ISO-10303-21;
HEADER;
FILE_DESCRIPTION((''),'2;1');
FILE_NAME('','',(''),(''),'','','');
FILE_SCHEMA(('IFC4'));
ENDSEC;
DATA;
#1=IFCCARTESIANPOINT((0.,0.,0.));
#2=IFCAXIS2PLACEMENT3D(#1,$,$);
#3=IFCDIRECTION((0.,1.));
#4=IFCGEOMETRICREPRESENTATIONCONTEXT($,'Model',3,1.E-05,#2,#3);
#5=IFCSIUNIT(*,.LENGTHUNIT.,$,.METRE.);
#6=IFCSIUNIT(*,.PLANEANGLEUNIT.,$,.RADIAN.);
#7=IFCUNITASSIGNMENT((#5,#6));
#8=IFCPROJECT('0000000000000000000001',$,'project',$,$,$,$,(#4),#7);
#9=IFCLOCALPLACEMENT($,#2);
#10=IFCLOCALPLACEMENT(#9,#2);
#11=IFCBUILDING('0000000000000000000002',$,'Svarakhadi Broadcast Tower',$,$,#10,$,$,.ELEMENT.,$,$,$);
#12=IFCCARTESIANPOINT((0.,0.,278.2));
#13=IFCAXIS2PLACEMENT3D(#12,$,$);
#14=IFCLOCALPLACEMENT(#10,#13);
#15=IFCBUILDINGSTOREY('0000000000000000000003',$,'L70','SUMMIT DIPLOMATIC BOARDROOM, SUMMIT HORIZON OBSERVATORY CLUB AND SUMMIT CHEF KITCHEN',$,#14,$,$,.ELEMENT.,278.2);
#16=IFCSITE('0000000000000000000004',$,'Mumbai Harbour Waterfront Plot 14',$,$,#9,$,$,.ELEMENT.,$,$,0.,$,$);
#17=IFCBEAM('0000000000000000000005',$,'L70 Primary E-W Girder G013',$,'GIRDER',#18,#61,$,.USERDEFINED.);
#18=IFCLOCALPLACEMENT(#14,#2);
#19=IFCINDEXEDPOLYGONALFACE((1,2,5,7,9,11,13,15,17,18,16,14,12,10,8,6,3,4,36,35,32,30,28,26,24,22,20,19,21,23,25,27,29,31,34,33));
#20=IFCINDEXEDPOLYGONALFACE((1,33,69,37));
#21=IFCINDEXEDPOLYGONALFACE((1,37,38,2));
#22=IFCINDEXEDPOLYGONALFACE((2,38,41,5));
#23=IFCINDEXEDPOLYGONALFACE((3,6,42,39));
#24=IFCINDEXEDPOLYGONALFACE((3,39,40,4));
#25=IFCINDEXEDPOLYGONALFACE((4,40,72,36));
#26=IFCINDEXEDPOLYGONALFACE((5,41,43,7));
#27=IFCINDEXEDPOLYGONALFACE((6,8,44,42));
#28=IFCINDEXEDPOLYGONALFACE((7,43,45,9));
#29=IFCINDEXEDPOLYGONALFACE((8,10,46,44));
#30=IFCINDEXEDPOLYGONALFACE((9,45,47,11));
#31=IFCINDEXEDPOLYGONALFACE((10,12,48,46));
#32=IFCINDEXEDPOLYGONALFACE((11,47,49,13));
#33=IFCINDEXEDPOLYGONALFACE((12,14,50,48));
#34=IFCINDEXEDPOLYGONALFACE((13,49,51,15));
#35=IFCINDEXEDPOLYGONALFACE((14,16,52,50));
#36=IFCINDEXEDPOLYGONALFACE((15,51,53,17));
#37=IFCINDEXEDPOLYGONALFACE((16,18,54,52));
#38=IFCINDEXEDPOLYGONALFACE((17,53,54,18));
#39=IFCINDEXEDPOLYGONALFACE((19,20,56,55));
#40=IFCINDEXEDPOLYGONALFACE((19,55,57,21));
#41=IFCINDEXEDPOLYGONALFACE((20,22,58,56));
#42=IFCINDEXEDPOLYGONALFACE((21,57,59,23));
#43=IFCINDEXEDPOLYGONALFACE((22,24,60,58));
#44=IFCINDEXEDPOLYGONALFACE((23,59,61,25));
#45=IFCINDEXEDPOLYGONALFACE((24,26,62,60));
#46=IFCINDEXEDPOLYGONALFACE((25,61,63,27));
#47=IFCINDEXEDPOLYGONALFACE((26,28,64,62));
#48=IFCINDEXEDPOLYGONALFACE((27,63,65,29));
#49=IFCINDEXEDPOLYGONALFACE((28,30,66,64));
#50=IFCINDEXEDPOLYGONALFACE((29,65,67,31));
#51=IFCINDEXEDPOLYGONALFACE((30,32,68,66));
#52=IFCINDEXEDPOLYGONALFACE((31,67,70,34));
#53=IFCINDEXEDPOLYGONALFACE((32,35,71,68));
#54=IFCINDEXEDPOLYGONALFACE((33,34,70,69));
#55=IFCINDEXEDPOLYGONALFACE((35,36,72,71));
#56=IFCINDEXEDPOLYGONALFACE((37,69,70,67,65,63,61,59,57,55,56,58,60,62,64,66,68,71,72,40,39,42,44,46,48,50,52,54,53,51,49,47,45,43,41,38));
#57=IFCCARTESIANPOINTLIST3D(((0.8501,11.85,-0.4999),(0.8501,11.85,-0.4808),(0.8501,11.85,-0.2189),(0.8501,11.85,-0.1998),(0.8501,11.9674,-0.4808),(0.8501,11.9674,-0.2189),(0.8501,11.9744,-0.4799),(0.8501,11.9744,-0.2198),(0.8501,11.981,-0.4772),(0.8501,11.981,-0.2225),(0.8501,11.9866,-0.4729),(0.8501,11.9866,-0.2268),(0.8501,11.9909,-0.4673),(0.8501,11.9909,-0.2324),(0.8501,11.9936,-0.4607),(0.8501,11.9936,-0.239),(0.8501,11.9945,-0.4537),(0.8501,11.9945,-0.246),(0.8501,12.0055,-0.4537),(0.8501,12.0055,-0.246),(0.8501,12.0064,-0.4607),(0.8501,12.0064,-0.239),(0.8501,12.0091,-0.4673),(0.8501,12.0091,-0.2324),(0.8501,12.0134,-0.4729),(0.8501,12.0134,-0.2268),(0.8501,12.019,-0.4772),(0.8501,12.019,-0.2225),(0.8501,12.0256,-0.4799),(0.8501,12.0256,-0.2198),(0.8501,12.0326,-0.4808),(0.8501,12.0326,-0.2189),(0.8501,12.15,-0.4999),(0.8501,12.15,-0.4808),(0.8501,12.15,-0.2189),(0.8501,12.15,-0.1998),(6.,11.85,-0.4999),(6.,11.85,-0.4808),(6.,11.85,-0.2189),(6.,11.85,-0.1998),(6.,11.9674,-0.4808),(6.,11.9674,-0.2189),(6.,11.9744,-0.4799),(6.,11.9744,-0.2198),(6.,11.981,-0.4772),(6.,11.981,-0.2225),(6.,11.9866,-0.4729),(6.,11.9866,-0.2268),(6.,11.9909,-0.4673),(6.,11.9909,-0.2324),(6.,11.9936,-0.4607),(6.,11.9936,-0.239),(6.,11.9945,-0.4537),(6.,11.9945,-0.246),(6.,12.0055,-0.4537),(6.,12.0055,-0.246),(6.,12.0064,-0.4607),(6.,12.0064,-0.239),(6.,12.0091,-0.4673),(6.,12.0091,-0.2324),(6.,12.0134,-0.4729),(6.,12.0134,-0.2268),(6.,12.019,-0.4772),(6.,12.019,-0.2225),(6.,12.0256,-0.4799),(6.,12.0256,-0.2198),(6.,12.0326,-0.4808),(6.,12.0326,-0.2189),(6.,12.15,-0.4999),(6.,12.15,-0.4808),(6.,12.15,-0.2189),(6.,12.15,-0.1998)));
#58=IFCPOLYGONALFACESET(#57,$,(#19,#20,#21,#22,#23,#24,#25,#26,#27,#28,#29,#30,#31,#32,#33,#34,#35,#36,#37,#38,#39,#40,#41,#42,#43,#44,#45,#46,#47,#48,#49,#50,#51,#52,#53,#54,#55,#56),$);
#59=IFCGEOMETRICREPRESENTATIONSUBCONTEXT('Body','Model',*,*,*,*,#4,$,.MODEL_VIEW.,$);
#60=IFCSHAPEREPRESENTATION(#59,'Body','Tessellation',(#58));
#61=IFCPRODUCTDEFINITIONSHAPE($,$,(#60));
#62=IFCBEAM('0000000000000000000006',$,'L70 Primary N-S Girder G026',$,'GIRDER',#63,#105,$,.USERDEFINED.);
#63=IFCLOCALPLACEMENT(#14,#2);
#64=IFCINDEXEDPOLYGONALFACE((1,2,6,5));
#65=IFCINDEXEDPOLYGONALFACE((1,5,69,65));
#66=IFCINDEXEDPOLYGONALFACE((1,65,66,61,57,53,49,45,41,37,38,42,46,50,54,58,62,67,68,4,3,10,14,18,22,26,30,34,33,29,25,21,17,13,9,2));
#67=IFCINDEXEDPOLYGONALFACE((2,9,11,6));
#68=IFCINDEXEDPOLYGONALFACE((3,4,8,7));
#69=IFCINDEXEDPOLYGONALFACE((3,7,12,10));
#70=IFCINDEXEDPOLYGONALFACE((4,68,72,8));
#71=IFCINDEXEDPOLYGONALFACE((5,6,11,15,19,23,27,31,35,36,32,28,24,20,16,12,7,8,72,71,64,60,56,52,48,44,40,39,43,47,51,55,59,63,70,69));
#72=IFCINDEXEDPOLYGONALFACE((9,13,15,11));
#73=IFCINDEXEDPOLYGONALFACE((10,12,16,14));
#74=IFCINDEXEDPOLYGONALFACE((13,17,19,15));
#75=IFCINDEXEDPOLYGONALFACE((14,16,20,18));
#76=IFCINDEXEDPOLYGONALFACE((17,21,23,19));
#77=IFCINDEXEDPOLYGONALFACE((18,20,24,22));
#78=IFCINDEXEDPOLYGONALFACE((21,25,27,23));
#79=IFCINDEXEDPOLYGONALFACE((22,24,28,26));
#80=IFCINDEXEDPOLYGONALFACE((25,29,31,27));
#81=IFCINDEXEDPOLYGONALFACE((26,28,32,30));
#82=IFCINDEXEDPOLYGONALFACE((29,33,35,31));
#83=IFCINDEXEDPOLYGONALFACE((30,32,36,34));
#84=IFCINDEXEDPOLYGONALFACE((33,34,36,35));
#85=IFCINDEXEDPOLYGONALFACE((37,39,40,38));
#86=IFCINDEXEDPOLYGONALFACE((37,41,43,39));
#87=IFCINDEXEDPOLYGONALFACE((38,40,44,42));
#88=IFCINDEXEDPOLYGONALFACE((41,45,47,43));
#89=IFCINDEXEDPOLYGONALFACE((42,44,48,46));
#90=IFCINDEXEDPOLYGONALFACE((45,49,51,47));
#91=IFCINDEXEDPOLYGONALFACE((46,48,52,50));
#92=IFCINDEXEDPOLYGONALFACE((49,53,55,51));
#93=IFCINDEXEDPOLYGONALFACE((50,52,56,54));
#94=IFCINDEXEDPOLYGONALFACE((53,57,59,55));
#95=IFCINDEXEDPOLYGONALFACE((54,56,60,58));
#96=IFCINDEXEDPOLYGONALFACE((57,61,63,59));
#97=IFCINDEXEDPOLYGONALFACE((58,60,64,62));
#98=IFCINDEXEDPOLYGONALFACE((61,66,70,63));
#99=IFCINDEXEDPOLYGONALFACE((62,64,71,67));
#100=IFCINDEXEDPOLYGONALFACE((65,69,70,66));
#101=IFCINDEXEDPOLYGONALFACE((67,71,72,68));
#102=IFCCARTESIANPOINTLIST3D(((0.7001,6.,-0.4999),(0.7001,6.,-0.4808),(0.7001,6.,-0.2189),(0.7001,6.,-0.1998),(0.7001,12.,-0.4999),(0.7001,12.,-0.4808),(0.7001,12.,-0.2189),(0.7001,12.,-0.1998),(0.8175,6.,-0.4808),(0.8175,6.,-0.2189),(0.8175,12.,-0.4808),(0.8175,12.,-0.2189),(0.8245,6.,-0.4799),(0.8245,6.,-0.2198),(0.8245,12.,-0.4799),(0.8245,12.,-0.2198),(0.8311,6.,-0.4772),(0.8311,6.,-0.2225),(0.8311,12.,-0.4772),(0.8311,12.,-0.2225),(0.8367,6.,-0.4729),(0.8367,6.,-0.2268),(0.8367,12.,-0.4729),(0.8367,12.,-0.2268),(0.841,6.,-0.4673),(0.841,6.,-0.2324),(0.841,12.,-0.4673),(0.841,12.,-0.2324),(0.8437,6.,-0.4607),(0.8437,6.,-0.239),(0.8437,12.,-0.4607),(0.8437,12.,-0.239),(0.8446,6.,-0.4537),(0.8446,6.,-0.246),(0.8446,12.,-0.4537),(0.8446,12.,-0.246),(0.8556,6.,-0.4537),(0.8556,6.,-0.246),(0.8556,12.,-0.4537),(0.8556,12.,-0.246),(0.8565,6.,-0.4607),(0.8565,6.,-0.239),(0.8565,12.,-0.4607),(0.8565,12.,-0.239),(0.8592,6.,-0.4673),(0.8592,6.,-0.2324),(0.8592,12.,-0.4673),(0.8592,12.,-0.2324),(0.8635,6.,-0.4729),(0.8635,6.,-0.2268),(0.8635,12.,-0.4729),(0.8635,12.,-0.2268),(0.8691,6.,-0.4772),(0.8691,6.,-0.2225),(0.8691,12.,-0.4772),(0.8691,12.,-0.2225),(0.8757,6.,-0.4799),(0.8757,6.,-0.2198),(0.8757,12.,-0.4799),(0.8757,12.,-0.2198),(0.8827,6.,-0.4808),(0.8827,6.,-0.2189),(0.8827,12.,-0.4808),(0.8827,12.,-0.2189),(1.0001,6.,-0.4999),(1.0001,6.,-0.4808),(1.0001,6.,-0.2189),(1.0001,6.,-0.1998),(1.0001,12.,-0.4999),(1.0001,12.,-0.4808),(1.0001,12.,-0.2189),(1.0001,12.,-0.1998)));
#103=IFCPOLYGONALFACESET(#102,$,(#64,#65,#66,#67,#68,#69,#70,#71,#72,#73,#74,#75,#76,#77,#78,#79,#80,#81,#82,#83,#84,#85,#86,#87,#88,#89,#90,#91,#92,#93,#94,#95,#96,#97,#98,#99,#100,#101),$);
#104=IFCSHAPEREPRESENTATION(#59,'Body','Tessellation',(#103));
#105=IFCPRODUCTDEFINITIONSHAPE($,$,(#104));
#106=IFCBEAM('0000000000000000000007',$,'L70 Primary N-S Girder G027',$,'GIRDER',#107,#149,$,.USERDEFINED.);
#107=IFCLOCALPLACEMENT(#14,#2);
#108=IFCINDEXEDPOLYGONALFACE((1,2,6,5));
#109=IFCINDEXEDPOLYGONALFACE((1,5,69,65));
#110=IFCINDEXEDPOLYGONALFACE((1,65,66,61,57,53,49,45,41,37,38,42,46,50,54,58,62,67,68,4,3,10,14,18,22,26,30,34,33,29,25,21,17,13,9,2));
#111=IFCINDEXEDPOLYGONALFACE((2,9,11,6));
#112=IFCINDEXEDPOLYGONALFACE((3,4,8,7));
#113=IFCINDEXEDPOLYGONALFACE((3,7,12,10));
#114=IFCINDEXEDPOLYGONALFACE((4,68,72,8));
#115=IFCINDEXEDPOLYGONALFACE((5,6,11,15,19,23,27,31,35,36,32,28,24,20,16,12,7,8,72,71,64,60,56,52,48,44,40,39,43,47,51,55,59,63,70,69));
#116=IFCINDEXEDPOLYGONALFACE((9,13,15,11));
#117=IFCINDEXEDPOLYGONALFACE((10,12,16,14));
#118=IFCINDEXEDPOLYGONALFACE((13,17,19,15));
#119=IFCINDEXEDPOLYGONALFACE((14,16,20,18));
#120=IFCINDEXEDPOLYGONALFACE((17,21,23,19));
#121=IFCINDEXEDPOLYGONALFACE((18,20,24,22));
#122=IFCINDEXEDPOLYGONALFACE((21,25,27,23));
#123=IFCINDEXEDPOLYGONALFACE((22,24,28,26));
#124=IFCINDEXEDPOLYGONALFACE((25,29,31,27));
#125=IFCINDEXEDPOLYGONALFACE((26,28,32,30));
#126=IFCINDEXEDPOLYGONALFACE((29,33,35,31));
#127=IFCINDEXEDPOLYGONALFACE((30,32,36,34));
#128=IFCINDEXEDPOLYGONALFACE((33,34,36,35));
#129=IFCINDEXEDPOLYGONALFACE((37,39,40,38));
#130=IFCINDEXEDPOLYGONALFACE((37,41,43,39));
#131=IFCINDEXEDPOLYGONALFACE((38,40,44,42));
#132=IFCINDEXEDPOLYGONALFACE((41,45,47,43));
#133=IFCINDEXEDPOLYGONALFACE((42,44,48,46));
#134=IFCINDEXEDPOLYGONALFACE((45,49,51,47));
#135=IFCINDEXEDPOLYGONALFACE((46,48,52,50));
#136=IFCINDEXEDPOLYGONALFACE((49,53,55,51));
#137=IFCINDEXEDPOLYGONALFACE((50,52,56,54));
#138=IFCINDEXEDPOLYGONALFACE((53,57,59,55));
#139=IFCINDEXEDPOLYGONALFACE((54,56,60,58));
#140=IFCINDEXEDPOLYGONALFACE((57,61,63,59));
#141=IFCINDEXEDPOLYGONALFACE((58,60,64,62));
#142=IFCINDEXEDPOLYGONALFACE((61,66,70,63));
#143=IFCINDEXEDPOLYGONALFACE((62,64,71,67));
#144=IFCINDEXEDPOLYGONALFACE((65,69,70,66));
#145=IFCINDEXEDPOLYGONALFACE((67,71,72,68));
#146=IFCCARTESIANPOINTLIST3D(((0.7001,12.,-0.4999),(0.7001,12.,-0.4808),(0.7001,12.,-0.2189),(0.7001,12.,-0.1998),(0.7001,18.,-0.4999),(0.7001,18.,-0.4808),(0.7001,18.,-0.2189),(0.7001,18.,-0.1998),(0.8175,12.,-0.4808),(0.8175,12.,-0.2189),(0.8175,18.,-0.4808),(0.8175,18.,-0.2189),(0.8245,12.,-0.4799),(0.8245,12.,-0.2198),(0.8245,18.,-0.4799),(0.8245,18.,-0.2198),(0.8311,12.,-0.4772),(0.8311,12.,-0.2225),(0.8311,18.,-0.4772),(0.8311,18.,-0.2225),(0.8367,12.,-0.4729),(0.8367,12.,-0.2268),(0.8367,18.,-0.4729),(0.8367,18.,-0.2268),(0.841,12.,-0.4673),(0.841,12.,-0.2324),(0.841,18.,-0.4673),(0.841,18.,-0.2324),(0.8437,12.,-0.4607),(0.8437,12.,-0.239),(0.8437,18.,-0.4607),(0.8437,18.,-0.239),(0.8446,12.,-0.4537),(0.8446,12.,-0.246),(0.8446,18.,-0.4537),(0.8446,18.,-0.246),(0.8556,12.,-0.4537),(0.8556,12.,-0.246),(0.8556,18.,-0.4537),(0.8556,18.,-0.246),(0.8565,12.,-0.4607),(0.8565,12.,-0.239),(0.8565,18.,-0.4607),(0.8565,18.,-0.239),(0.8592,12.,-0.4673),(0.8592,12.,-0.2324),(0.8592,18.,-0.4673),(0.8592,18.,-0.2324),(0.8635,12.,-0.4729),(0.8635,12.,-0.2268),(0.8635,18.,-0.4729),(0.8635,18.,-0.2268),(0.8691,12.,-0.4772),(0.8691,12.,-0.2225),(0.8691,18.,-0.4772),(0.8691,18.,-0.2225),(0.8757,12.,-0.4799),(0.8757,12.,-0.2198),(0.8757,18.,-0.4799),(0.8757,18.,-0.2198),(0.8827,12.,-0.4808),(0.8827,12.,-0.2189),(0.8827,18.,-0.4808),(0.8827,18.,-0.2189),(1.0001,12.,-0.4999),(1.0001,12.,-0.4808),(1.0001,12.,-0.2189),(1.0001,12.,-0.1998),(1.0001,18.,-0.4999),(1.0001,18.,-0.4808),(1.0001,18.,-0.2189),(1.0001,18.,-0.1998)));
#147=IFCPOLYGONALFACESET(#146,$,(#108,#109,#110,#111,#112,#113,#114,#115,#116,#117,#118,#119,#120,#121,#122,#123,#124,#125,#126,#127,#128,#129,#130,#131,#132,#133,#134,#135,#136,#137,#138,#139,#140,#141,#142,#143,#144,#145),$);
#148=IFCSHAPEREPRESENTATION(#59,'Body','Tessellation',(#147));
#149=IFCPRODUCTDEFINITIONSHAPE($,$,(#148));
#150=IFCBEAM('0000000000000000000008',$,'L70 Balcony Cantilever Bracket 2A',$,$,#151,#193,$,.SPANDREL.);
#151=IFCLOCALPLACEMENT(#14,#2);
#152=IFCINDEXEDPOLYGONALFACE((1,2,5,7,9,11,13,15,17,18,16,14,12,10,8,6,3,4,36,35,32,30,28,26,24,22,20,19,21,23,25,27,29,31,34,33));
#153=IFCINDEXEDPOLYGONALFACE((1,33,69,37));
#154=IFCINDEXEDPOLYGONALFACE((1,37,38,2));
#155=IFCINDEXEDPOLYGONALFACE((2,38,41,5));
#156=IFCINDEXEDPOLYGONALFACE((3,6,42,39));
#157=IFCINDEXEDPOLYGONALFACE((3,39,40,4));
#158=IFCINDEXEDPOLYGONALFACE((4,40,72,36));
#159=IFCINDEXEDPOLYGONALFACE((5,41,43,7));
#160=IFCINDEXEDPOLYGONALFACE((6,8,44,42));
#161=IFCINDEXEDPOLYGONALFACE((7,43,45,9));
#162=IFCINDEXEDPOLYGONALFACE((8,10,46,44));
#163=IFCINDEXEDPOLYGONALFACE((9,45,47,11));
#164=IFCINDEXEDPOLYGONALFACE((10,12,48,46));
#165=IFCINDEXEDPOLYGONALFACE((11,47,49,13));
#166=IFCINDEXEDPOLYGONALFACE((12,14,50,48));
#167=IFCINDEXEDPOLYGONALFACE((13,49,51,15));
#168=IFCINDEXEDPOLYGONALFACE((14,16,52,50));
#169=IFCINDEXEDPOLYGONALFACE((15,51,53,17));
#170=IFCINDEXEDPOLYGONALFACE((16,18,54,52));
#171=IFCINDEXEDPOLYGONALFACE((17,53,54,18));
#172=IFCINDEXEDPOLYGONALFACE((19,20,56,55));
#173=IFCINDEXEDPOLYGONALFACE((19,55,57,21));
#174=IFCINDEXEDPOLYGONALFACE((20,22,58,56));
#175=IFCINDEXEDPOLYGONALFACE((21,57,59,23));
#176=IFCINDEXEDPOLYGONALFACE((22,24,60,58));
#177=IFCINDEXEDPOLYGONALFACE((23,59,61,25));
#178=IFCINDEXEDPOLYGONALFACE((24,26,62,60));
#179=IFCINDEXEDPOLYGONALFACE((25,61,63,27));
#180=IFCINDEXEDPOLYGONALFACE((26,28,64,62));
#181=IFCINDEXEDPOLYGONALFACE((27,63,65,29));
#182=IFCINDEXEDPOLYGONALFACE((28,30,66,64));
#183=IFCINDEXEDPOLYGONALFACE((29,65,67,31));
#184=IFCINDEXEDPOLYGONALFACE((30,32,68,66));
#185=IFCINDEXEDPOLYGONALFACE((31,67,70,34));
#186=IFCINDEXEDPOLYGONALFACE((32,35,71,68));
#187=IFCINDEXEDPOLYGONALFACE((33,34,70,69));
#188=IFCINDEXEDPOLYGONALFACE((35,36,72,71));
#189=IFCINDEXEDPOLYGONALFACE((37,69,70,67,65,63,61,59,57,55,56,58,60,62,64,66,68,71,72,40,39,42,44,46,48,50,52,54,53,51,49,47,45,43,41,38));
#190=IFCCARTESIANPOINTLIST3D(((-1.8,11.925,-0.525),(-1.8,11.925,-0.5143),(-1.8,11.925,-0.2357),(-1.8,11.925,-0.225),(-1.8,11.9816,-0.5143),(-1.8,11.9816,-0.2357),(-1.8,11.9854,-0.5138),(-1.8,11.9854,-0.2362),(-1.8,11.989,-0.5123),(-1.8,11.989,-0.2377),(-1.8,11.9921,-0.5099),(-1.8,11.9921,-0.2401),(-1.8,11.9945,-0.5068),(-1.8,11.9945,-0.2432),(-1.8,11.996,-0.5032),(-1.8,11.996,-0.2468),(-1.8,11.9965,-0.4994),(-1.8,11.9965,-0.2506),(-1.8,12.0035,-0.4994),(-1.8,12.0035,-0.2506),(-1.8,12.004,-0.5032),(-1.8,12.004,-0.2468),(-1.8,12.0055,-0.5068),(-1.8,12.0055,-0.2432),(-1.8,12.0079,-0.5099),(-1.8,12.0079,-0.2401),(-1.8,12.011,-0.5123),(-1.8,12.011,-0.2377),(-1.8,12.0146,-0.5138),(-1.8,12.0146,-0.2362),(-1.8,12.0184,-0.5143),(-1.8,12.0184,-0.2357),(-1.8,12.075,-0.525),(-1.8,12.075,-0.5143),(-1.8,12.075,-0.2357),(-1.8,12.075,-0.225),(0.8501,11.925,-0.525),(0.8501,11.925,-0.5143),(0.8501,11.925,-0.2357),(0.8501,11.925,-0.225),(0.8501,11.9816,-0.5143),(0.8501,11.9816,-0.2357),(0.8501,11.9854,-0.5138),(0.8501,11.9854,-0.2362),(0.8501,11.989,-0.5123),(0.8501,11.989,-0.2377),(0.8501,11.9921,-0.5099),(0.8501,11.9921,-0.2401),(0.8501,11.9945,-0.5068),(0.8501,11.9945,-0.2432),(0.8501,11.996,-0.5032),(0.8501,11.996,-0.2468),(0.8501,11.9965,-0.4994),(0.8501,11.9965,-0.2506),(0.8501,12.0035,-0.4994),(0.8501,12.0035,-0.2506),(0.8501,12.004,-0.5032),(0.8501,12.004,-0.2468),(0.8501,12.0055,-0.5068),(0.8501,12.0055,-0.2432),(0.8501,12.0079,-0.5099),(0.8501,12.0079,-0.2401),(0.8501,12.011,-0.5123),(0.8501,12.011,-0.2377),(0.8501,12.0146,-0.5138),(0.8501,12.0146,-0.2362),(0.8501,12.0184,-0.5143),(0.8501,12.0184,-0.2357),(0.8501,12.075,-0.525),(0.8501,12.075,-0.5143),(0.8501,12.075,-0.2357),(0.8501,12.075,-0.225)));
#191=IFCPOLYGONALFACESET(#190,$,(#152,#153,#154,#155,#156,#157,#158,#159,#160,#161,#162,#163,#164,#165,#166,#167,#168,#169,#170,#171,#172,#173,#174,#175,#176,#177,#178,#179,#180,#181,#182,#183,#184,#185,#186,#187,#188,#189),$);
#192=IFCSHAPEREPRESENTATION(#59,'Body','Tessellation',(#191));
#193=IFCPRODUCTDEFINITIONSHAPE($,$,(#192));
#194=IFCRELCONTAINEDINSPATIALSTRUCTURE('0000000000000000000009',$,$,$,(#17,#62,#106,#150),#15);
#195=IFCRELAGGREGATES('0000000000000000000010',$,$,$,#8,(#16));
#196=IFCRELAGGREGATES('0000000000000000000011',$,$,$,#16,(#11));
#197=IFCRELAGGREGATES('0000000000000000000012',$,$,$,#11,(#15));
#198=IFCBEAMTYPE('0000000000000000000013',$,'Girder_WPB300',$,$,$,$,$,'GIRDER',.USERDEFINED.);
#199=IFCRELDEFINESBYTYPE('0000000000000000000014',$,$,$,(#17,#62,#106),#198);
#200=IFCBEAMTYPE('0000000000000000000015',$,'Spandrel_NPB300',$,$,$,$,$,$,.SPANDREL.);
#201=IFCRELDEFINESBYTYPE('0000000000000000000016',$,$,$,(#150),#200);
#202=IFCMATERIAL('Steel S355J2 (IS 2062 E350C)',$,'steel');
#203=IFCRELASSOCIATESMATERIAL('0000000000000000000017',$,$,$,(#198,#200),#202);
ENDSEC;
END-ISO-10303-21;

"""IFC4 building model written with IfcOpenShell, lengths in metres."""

from ifc_helpers import new_model, si_unit, direction, frame, origin, origin_2d, place, context, subcontext, project, spatial, i_section, extrude, material, material_profile, profile_set, type_object, element, save


model = new_model("IFC4")

# Units and contexts
model_context = context("Model", 3, precision=1e-05, world=origin(), true_north=direction((0.0, 1.0)))
body_context = subcontext(model_context, "Body", "Model", "MODEL_VIEW")
ifc_project = project(units=[si_unit("LENGTHUNIT", "METRE"), si_unit("PLANEANGLEUNIT", "RADIAN")], contexts=[model_context])

# Site, building, storey
site_placement = place(None, origin())
site = spatial("IfcSite", under=ifc_project, at=site_placement, Name="Mumbai Harbour Waterfront Plot 14", CompositionType="ELEMENT", RefElevation=0.0)
building_placement = place(site_placement, origin())
building = spatial("IfcBuilding", under=site, at=building_placement, Name="Svarakhadi Broadcast Tower", CompositionType="ELEMENT")
storey_placement = place(building_placement, frame((0.0, 0.0, 278.2)))
storey = spatial("IfcBuildingStorey", under=building, at=storey_placement, Name="L70", Description="SUMMIT DIPLOMATIC BOARDROOM, SUMMIT HORIZON OBSERVATORY CLUB AND SUMMIT CHEF KITCHEN", CompositionType="ELEMENT", Elevation=278.2)

# Shared definitions
ifc_material_1 = material(Name="Steel S355J2 (IS 2062 E350C)", Category="steel")

# Beams
ifc_material_profile_1 = material_profile(ifc_material_1, i_section(OverallWidth=0.3, OverallDepth=0.3, WebThickness=0.011, FlangeThickness=0.019, FilletRadius=0.0271, at=origin_2d()), Name="WPB 300x300x117")
ifc_profile_set_1 = profile_set([ifc_material_profile_1], Name="Steel S355J2 (IS 2062 E350C)")
beam_type_1 = type_object("IfcBeamType", Name="Girder_WPB300", ElementType="GIRDER", PredefinedType="USERDEFINED", material=ifc_profile_set_1)
for number, where, z_axis, x_axis, name in (
    (1, (0.8501, 12.0, -0.3499), (1.0, 0.0, 0.0), (0.0, 1.0, 0.0), "L70 Primary E-W Girder G013"),
):
    element("IfcBeam", number, at=place(storey_placement, frame(where, z_axis=z_axis, x_axis=x_axis)), inside=storey, type_object=beam_type_1, Name=name, ObjectType="GIRDER", PredefinedType="USERDEFINED", context=body_context, shape_type="SweptSolid", body=[
        extrude(i_section(OverallWidth=0.3, OverallDepth=0.3, WebThickness=0.011, FlangeThickness=0.019, FilletRadius=0.0271, at=origin_2d()), origin(), (0.0, 0.0, 1.0), 5.1499),
    ])
for number, where, z_axis, x_axis, name in (
    (2, (0.8501, 6.0, -0.3499), (0.0, 1.0, 0.0), (-1.0, 0.0, 0.0), "L70 Primary N-S Girder G026"),
    (3, (0.8501, 12.0, -0.3499), (0.0, 1.0, 0.0), (-1.0, 0.0, 0.0), "L70 Primary N-S Girder G027"),
):
    element("IfcBeam", number, at=place(storey_placement, frame(where, z_axis=z_axis, x_axis=x_axis)), inside=storey, type_object=beam_type_1, Name=name, ObjectType="GIRDER", PredefinedType="USERDEFINED", context=body_context, shape_type="SweptSolid", body=[
        extrude(i_section(OverallWidth=0.3, OverallDepth=0.3, WebThickness=0.011, FlangeThickness=0.019, FilletRadius=0.0271, at=origin_2d()), origin(), (0.0, 0.0, 1.0), 6.0),
    ])
ifc_material_profile_2 = material_profile(ifc_material_1, i_section(OverallWidth=0.1499, OverallDepth=0.3, WebThickness=0.0071, FlangeThickness=0.0107, FilletRadius=0.0149, at=origin_2d()), Name="NPB 300x150x37")
ifc_profile_set_2 = profile_set([ifc_material_profile_2], Name="Steel S355J2 (IS 2062 E350C)")
beam_type_2 = type_object("IfcBeamType", Name="Spandrel_NPB300", PredefinedType="SPANDREL", material=ifc_profile_set_2)
beam_1_placement = place(storey_placement, frame((0.8501, 12.0, -0.375), z_axis=(-1.0, 0.0, 0.0), x_axis=(0.0, -1.0, 0.0)))
element("IfcBeam", 4, at=beam_1_placement, inside=storey, type_object=beam_type_2, Name="L70 Balcony Cantilever Bracket 2A", PredefinedType="SPANDREL", context=body_context, shape_type="SweptSolid", body=[
    extrude(i_section(OverallWidth=0.1499, OverallDepth=0.3, WebThickness=0.0071, FlangeThickness=0.0107, FilletRadius=0.0149, at=origin_2d()), origin(), (0.0, 0.0, 1.0), 2.6501),
])

save(model, "model.ifc")
